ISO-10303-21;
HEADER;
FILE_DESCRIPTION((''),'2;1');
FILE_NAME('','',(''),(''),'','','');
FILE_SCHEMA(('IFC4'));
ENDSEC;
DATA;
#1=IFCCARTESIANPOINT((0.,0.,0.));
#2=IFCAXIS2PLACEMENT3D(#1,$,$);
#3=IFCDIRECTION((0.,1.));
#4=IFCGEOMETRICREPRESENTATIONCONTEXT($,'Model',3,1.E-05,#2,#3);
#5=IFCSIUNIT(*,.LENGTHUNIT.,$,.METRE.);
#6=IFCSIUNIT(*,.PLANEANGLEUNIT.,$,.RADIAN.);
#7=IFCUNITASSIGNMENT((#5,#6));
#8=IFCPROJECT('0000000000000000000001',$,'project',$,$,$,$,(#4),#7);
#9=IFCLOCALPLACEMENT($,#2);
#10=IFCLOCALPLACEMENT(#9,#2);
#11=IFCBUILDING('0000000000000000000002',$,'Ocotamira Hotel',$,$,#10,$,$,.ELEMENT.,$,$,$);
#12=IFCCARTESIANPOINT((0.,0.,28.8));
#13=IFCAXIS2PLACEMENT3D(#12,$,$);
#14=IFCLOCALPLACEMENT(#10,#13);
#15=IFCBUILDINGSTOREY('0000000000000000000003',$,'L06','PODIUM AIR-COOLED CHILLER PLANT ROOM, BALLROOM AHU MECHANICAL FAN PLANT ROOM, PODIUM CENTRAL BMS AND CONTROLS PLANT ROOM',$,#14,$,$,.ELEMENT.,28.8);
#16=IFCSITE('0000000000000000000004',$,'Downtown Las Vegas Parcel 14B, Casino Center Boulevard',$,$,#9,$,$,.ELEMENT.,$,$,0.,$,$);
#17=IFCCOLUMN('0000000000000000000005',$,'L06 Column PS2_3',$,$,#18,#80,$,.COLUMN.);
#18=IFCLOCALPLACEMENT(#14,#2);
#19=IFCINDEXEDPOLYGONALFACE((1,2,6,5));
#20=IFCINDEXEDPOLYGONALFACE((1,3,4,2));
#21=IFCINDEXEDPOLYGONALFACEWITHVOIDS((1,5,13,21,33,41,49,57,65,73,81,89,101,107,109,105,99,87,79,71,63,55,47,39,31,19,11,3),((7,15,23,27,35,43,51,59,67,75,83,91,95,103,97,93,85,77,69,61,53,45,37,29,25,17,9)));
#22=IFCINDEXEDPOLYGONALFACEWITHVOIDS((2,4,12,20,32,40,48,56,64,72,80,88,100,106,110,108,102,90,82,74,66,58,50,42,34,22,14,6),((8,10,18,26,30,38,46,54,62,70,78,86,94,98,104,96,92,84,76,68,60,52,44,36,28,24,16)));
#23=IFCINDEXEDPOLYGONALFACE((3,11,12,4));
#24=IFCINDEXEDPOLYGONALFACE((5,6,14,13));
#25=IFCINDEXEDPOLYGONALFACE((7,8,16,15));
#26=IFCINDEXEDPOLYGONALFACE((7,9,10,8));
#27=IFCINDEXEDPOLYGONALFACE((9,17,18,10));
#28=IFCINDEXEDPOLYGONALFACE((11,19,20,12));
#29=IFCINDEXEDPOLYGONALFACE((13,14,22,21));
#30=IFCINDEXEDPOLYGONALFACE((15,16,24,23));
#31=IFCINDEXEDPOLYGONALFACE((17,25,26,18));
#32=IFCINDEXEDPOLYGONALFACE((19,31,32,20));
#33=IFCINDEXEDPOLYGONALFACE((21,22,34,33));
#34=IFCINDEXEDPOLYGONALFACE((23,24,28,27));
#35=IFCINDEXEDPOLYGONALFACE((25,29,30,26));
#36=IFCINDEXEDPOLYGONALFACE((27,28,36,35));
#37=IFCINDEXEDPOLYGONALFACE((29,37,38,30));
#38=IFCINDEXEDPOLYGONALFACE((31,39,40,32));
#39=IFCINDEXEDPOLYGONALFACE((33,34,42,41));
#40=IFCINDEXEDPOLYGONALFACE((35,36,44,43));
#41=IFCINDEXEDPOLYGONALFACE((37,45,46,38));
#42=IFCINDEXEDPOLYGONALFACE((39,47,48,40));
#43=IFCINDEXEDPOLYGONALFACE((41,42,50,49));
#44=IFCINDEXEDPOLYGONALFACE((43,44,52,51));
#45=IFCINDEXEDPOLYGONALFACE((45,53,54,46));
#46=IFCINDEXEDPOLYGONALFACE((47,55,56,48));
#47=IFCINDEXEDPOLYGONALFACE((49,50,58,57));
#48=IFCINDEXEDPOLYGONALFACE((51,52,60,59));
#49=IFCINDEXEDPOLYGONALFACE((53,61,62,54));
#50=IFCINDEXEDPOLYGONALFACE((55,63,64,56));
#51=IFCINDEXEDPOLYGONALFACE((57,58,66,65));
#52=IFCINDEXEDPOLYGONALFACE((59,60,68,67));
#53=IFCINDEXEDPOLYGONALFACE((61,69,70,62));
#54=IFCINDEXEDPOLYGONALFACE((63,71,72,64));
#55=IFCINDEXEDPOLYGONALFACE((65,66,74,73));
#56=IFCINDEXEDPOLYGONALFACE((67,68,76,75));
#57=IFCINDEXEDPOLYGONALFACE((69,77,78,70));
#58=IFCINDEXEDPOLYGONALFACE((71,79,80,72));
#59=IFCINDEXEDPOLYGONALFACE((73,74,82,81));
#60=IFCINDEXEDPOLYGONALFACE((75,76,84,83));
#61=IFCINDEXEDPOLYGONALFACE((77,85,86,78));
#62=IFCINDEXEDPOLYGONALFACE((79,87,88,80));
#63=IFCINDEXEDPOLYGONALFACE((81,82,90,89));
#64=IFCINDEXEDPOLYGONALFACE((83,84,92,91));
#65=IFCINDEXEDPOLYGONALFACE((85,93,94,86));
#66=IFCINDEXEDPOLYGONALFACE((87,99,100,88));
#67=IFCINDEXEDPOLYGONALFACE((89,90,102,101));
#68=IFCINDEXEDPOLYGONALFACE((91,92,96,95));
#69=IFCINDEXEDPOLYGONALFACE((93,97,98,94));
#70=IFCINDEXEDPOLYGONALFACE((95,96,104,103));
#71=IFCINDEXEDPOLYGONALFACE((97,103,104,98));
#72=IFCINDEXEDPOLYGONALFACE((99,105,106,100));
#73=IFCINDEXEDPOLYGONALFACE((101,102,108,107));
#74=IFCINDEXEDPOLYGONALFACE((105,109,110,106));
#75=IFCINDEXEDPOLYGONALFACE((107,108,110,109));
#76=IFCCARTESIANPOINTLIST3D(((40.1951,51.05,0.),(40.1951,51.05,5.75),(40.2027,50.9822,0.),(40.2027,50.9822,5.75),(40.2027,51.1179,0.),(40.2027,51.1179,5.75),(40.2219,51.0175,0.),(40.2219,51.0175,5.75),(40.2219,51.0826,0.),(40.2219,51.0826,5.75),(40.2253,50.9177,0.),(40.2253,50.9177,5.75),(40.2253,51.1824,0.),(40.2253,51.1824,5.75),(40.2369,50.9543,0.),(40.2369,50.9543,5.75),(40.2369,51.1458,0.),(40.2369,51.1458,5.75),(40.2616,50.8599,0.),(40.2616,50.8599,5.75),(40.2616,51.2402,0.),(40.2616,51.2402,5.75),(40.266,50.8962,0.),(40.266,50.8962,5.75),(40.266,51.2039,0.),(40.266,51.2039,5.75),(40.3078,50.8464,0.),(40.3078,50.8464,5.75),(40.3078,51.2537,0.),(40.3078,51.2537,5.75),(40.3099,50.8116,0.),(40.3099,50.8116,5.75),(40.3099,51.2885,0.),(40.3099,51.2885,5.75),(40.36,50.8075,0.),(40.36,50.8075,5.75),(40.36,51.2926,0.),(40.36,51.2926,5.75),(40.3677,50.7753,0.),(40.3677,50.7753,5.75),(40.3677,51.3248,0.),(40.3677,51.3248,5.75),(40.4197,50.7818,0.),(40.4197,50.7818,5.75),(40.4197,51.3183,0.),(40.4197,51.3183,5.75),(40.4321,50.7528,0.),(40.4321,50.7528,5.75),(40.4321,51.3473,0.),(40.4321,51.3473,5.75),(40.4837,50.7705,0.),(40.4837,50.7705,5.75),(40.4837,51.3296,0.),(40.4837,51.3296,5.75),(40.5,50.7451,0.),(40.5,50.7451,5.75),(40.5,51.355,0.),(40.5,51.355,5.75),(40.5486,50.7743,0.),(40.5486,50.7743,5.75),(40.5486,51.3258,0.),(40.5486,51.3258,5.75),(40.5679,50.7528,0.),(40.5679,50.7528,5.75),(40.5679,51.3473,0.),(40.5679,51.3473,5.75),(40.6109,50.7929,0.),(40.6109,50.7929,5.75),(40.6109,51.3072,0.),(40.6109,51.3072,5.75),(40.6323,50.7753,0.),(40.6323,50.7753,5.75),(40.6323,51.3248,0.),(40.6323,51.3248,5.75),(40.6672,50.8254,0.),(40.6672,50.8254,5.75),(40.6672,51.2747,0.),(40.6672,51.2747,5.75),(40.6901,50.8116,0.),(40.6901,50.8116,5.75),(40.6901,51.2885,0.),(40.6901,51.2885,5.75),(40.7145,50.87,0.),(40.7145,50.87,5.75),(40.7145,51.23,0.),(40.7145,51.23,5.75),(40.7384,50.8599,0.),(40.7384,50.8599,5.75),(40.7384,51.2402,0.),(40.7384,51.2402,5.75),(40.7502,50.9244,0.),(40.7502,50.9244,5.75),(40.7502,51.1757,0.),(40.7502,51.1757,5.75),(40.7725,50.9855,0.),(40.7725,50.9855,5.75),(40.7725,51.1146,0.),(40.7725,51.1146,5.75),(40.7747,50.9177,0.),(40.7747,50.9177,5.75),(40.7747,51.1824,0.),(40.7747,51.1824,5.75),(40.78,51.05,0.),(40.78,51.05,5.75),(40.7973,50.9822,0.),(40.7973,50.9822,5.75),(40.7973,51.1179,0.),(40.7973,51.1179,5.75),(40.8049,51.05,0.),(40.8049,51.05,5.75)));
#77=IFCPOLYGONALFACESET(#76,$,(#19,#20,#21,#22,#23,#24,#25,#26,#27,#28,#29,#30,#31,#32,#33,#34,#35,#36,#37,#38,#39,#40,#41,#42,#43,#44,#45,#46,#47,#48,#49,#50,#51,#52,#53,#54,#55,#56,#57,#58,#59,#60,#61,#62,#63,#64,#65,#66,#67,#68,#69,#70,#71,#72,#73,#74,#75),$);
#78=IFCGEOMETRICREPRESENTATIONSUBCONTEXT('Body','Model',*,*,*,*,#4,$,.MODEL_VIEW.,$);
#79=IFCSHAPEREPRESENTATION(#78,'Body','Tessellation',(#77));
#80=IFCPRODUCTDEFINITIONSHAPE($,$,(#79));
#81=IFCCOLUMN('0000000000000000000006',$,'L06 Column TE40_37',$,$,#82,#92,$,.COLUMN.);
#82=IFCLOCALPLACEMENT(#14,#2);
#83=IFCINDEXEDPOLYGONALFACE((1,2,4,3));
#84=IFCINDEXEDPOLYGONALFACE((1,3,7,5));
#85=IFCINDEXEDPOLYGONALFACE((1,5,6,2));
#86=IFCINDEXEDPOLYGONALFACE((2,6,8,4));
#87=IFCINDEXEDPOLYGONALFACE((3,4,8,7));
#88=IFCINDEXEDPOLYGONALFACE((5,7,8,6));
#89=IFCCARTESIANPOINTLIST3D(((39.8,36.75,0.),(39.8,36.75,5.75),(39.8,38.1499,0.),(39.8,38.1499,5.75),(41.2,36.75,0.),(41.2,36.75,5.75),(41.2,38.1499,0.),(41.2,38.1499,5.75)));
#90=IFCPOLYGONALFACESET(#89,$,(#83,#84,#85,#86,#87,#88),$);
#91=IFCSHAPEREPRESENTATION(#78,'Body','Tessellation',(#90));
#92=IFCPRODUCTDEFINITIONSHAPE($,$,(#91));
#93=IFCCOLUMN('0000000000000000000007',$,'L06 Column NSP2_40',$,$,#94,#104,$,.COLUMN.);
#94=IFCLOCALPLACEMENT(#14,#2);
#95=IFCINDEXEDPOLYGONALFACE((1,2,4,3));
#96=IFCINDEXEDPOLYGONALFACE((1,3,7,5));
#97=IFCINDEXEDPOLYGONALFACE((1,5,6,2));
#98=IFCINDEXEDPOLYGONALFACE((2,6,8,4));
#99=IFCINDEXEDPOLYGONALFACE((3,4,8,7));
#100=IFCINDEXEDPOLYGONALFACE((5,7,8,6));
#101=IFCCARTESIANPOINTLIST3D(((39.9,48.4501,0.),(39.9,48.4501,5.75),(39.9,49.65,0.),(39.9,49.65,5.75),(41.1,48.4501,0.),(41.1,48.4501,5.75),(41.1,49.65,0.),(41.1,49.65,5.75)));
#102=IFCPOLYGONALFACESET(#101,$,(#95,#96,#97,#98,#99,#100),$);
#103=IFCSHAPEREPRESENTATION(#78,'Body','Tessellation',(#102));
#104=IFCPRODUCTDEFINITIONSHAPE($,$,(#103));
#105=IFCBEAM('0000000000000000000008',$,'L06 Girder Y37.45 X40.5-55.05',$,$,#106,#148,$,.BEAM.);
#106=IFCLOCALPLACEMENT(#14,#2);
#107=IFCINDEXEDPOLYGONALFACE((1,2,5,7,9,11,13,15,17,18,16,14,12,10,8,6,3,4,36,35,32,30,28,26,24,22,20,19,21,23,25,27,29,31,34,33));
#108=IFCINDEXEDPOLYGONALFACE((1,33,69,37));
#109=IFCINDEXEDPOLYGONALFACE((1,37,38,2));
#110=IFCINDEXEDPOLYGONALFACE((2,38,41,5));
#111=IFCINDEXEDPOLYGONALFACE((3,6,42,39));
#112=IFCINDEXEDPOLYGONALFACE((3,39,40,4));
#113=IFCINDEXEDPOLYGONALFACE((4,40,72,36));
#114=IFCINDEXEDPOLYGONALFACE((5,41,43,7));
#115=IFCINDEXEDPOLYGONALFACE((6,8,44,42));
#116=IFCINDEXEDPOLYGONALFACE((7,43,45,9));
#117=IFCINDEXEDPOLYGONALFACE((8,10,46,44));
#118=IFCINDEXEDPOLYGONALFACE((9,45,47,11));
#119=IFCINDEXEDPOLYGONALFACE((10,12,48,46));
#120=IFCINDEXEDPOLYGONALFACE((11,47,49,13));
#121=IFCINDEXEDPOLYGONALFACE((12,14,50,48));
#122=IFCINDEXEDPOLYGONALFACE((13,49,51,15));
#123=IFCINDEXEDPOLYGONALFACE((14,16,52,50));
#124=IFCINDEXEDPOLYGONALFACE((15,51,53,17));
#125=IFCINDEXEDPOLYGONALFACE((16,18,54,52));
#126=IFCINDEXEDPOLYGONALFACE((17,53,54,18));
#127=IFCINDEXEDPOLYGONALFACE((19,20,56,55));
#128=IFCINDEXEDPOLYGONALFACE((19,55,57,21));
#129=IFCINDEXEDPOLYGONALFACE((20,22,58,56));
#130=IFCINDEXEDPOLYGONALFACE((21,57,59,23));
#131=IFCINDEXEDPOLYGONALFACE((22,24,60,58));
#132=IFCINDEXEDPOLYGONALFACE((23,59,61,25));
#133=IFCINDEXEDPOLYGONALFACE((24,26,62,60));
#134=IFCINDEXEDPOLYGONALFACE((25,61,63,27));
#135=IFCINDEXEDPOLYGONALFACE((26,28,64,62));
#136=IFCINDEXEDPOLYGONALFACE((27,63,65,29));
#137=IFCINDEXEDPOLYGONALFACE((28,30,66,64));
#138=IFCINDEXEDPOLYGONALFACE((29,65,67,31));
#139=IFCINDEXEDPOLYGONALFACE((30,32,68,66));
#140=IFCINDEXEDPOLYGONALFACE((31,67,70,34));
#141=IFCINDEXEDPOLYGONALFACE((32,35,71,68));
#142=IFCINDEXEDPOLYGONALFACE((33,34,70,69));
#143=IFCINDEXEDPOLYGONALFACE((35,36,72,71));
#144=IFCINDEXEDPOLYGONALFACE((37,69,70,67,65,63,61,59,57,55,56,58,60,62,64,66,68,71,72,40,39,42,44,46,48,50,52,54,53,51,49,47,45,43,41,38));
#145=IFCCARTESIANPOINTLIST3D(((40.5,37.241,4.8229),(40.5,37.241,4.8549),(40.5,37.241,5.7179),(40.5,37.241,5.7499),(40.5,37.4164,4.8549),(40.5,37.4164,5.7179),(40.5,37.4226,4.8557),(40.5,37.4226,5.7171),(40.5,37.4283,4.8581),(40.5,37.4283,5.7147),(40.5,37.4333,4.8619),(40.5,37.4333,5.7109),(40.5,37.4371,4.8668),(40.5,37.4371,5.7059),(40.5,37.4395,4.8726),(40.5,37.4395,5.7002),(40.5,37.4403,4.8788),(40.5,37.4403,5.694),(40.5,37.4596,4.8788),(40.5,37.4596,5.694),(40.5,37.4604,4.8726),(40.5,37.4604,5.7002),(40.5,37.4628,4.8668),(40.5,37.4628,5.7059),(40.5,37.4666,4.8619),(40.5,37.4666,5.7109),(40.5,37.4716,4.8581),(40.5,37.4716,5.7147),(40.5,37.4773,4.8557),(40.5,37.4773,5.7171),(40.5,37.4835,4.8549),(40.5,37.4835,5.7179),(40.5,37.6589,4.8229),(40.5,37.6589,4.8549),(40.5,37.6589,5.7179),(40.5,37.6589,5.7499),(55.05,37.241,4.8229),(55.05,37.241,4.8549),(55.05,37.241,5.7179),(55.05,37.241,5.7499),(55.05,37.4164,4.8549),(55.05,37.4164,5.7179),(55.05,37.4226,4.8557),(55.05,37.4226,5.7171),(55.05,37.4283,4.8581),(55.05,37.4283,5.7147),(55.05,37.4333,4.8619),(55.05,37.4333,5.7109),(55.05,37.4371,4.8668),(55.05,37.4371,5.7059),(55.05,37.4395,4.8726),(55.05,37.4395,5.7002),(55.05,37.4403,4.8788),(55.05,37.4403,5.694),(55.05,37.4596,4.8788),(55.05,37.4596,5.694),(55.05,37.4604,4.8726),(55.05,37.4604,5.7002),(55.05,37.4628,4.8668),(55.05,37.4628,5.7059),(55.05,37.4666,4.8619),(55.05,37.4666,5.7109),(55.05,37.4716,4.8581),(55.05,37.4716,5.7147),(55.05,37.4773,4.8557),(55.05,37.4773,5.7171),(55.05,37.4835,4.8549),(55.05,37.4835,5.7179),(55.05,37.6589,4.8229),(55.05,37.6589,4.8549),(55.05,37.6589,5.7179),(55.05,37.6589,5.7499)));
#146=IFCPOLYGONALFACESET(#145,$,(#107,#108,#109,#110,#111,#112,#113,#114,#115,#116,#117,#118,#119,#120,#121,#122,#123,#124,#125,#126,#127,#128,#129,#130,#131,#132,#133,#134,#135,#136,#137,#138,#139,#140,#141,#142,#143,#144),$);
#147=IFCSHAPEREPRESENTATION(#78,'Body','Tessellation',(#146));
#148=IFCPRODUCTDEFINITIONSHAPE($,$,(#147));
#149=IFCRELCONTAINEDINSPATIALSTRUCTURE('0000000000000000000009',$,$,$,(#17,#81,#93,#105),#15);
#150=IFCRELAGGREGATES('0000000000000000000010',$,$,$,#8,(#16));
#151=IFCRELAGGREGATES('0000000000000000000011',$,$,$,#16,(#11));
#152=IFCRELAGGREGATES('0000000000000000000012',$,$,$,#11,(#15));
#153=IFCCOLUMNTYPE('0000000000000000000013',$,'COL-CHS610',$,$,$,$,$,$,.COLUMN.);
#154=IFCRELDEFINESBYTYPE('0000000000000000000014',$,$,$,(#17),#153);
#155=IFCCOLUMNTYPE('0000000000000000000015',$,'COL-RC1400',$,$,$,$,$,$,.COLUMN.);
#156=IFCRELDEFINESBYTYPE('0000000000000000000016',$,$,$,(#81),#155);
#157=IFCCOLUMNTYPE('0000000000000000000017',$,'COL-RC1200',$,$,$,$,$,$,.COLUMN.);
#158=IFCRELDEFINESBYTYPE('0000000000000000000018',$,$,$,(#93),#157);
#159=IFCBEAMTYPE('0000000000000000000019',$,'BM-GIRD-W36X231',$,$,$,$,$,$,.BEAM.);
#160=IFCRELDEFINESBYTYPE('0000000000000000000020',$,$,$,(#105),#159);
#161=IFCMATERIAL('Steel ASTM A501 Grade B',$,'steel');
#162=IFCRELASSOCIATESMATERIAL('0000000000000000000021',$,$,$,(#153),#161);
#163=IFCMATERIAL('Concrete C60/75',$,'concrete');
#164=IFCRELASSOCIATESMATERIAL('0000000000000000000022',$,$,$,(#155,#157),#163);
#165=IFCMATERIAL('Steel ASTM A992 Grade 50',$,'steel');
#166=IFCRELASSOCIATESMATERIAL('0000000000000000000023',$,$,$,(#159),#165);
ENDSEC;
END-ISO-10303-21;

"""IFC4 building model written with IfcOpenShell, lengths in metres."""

from ifc_helpers import new_model, si_unit, direction, frame, origin, origin_2d, place, context, subcontext, project, spatial, rectangle, hollow_circle, i_section, extrude, source, transform, mapped, material, material_profile, profile_set, type_object, element, save


model = new_model("IFC4")

# Units and contexts
model_context = context("Model", 3, precision=1e-05, world=origin(), true_north=direction((0.0, 1.0)))
body_context = subcontext(model_context, "Body", "Model", "MODEL_VIEW")
ifc_project = project(units=[si_unit("LENGTHUNIT", "METRE"), si_unit("PLANEANGLEUNIT", "RADIAN")], contexts=[model_context])

# Site, building, storey
site_placement = place(None, origin())
site = spatial("IfcSite", under=ifc_project, at=site_placement, Name="Downtown Las Vegas Parcel 14B, Casino Center Boulevard", CompositionType="ELEMENT", RefElevation=0.0)
building_placement = place(site_placement, origin())
building = spatial("IfcBuilding", under=site, at=building_placement, Name="Ocotamira Hotel", CompositionType="ELEMENT")
storey_placement = place(building_placement, frame((0.0, 0.0, 28.8)))
storey = spatial("IfcBuildingStorey", under=building, at=storey_placement, Name="L06", Description="PODIUM AIR-COOLED CHILLER PLANT ROOM, BALLROOM AHU MECHANICAL FAN PLANT ROOM, PODIUM CENTRAL BMS AND CONTROLS PLANT ROOM", CompositionType="ELEMENT", Elevation=28.8)

# Columns
ifc_material_1 = material(Name="Steel ASTM A501 Grade B", Category="steel")
ifc_material_profile_1 = material_profile(ifc_material_1, hollow_circle(Radius=0.3049, WallThickness=0.0249, at=origin_2d()), Name="CHS610X25")
ifc_profile_set_1 = profile_set([ifc_material_profile_1], Name="Steel ASTM A501 Grade B")
column_type_1 = type_object("IfcColumnType", Name="COL-CHS610", PredefinedType="COLUMN", material=ifc_profile_set_1)
shared_shape_1 = source(origin(), body_context, "Body", "SweptSolid", [
    extrude(hollow_circle(Radius=0.3049, WallThickness=0.0249, at=origin_2d()), origin(), (0.0, 0.0, 1.0), 5.75),
])
column_1_placement = place(storey_placement, frame((40.5, 51.05, 0.0), z_axis=(0.0, 0.0, 1.0), x_axis=(1.0, 0.0, 0.0)))
element("IfcColumn", 1, at=column_1_placement, inside=storey, type_object=column_type_1, Name="L06 Column PS2_3", PredefinedType="COLUMN", context=body_context, shape_type="MappedRepresentation", body=[
    mapped(shared_shape_1, transform((0.0, 0.0, 0.0), scale=1.0)),
])
ifc_material_2 = material(Name="Concrete C60/75", Category="concrete")
ifc_material_profile_2 = material_profile(ifc_material_2, rectangle(XDim=1.3999, YDim=1.3999, at=origin_2d()), Name="RC1400X1400")
ifc_profile_set_2 = profile_set([ifc_material_profile_2], Name="Concrete C60/75")
column_type_2 = type_object("IfcColumnType", Name="COL-RC1400", PredefinedType="COLUMN", material=ifc_profile_set_2)
shared_shape_2 = source(origin(), body_context, "Body", "SweptSolid", [
    extrude(rectangle(XDim=1.3999, YDim=1.3999, at=origin_2d()), origin(), (0.0, 0.0, 1.0), 5.75),
])
column_2_placement = place(storey_placement, frame((40.5, 37.45, 0.0), z_axis=(0.0, 0.0, 1.0), x_axis=(1.0, 0.0, 0.0)))
element("IfcColumn", 2, at=column_2_placement, inside=storey, type_object=column_type_2, Name="L06 Column TE40_37", PredefinedType="COLUMN", context=body_context, shape_type="MappedRepresentation", body=[
    mapped(shared_shape_2, transform((0.0, 0.0, 0.0), scale=1.0)),
])
ifc_material_profile_3 = material_profile(ifc_material_2, rectangle(XDim=1.2, YDim=1.2, at=origin_2d()), Name="RC1200X1200")
ifc_profile_set_3 = profile_set([ifc_material_profile_3], Name="Concrete C60/75")
column_type_3 = type_object("IfcColumnType", Name="COL-RC1200", PredefinedType="COLUMN", material=ifc_profile_set_3)
shared_shape_3 = source(origin(), body_context, "Body", "SweptSolid", [
    extrude(rectangle(XDim=1.2, YDim=1.2, at=origin_2d()), origin(), (0.0, 0.0, 1.0), 5.75),
])
column_3_placement = place(storey_placement, frame((40.5, 49.05, 0.0), z_axis=(0.0, 0.0, 1.0), x_axis=(1.0, 0.0, 0.0)))
element("IfcColumn", 3, at=column_3_placement, inside=storey, type_object=column_type_3, Name="L06 Column NSP2_40", PredefinedType="COLUMN", context=body_context, shape_type="MappedRepresentation", body=[
    mapped(shared_shape_3, transform((0.0, 0.0, 0.0), scale=1.0)),
])

# Beam
ifc_material_3 = material(Name="Steel ASTM A992 Grade 50", Category="steel")
ifc_material_profile_4 = material_profile(ifc_material_3, i_section(OverallWidth=0.418, OverallDepth=0.927, WebThickness=0.0193, FlangeThickness=0.032, FilletRadius=0.0239, at=origin_2d()), Name="W36X231")
ifc_profile_set_4 = profile_set([ifc_material_profile_4], Name="Steel ASTM A992 Grade 50")
beam_type_1 = type_object("IfcBeamType", Name="BM-GIRD-W36X231", PredefinedType="BEAM", material=ifc_profile_set_4)
shared_shape_4 = source(origin(), body_context, "Body", "SweptSolid", [
    extrude(i_section(OverallWidth=0.418, OverallDepth=0.927, WebThickness=0.0193, FlangeThickness=0.032, FilletRadius=0.0239, at=origin_2d()), origin(), (0.0, 0.0, 1.0), 14.55),
])
beam_1_placement = place(storey_placement, frame((40.5, 37.45, 5.2864), z_axis=(1.0, 0.0, 0.0), x_axis=(0.0, 1.0, 0.0)))
element("IfcBeam", 4, at=beam_1_placement, inside=storey, type_object=beam_type_1, Name="L06 Girder Y37.45 X40.5-55.05", PredefinedType="BEAM", context=body_context, shape_type="MappedRepresentation", body=[
    mapped(shared_shape_4, transform((0.0, 0.0, 0.0), scale=1.0)),
])

save(model, "model.ifc")
